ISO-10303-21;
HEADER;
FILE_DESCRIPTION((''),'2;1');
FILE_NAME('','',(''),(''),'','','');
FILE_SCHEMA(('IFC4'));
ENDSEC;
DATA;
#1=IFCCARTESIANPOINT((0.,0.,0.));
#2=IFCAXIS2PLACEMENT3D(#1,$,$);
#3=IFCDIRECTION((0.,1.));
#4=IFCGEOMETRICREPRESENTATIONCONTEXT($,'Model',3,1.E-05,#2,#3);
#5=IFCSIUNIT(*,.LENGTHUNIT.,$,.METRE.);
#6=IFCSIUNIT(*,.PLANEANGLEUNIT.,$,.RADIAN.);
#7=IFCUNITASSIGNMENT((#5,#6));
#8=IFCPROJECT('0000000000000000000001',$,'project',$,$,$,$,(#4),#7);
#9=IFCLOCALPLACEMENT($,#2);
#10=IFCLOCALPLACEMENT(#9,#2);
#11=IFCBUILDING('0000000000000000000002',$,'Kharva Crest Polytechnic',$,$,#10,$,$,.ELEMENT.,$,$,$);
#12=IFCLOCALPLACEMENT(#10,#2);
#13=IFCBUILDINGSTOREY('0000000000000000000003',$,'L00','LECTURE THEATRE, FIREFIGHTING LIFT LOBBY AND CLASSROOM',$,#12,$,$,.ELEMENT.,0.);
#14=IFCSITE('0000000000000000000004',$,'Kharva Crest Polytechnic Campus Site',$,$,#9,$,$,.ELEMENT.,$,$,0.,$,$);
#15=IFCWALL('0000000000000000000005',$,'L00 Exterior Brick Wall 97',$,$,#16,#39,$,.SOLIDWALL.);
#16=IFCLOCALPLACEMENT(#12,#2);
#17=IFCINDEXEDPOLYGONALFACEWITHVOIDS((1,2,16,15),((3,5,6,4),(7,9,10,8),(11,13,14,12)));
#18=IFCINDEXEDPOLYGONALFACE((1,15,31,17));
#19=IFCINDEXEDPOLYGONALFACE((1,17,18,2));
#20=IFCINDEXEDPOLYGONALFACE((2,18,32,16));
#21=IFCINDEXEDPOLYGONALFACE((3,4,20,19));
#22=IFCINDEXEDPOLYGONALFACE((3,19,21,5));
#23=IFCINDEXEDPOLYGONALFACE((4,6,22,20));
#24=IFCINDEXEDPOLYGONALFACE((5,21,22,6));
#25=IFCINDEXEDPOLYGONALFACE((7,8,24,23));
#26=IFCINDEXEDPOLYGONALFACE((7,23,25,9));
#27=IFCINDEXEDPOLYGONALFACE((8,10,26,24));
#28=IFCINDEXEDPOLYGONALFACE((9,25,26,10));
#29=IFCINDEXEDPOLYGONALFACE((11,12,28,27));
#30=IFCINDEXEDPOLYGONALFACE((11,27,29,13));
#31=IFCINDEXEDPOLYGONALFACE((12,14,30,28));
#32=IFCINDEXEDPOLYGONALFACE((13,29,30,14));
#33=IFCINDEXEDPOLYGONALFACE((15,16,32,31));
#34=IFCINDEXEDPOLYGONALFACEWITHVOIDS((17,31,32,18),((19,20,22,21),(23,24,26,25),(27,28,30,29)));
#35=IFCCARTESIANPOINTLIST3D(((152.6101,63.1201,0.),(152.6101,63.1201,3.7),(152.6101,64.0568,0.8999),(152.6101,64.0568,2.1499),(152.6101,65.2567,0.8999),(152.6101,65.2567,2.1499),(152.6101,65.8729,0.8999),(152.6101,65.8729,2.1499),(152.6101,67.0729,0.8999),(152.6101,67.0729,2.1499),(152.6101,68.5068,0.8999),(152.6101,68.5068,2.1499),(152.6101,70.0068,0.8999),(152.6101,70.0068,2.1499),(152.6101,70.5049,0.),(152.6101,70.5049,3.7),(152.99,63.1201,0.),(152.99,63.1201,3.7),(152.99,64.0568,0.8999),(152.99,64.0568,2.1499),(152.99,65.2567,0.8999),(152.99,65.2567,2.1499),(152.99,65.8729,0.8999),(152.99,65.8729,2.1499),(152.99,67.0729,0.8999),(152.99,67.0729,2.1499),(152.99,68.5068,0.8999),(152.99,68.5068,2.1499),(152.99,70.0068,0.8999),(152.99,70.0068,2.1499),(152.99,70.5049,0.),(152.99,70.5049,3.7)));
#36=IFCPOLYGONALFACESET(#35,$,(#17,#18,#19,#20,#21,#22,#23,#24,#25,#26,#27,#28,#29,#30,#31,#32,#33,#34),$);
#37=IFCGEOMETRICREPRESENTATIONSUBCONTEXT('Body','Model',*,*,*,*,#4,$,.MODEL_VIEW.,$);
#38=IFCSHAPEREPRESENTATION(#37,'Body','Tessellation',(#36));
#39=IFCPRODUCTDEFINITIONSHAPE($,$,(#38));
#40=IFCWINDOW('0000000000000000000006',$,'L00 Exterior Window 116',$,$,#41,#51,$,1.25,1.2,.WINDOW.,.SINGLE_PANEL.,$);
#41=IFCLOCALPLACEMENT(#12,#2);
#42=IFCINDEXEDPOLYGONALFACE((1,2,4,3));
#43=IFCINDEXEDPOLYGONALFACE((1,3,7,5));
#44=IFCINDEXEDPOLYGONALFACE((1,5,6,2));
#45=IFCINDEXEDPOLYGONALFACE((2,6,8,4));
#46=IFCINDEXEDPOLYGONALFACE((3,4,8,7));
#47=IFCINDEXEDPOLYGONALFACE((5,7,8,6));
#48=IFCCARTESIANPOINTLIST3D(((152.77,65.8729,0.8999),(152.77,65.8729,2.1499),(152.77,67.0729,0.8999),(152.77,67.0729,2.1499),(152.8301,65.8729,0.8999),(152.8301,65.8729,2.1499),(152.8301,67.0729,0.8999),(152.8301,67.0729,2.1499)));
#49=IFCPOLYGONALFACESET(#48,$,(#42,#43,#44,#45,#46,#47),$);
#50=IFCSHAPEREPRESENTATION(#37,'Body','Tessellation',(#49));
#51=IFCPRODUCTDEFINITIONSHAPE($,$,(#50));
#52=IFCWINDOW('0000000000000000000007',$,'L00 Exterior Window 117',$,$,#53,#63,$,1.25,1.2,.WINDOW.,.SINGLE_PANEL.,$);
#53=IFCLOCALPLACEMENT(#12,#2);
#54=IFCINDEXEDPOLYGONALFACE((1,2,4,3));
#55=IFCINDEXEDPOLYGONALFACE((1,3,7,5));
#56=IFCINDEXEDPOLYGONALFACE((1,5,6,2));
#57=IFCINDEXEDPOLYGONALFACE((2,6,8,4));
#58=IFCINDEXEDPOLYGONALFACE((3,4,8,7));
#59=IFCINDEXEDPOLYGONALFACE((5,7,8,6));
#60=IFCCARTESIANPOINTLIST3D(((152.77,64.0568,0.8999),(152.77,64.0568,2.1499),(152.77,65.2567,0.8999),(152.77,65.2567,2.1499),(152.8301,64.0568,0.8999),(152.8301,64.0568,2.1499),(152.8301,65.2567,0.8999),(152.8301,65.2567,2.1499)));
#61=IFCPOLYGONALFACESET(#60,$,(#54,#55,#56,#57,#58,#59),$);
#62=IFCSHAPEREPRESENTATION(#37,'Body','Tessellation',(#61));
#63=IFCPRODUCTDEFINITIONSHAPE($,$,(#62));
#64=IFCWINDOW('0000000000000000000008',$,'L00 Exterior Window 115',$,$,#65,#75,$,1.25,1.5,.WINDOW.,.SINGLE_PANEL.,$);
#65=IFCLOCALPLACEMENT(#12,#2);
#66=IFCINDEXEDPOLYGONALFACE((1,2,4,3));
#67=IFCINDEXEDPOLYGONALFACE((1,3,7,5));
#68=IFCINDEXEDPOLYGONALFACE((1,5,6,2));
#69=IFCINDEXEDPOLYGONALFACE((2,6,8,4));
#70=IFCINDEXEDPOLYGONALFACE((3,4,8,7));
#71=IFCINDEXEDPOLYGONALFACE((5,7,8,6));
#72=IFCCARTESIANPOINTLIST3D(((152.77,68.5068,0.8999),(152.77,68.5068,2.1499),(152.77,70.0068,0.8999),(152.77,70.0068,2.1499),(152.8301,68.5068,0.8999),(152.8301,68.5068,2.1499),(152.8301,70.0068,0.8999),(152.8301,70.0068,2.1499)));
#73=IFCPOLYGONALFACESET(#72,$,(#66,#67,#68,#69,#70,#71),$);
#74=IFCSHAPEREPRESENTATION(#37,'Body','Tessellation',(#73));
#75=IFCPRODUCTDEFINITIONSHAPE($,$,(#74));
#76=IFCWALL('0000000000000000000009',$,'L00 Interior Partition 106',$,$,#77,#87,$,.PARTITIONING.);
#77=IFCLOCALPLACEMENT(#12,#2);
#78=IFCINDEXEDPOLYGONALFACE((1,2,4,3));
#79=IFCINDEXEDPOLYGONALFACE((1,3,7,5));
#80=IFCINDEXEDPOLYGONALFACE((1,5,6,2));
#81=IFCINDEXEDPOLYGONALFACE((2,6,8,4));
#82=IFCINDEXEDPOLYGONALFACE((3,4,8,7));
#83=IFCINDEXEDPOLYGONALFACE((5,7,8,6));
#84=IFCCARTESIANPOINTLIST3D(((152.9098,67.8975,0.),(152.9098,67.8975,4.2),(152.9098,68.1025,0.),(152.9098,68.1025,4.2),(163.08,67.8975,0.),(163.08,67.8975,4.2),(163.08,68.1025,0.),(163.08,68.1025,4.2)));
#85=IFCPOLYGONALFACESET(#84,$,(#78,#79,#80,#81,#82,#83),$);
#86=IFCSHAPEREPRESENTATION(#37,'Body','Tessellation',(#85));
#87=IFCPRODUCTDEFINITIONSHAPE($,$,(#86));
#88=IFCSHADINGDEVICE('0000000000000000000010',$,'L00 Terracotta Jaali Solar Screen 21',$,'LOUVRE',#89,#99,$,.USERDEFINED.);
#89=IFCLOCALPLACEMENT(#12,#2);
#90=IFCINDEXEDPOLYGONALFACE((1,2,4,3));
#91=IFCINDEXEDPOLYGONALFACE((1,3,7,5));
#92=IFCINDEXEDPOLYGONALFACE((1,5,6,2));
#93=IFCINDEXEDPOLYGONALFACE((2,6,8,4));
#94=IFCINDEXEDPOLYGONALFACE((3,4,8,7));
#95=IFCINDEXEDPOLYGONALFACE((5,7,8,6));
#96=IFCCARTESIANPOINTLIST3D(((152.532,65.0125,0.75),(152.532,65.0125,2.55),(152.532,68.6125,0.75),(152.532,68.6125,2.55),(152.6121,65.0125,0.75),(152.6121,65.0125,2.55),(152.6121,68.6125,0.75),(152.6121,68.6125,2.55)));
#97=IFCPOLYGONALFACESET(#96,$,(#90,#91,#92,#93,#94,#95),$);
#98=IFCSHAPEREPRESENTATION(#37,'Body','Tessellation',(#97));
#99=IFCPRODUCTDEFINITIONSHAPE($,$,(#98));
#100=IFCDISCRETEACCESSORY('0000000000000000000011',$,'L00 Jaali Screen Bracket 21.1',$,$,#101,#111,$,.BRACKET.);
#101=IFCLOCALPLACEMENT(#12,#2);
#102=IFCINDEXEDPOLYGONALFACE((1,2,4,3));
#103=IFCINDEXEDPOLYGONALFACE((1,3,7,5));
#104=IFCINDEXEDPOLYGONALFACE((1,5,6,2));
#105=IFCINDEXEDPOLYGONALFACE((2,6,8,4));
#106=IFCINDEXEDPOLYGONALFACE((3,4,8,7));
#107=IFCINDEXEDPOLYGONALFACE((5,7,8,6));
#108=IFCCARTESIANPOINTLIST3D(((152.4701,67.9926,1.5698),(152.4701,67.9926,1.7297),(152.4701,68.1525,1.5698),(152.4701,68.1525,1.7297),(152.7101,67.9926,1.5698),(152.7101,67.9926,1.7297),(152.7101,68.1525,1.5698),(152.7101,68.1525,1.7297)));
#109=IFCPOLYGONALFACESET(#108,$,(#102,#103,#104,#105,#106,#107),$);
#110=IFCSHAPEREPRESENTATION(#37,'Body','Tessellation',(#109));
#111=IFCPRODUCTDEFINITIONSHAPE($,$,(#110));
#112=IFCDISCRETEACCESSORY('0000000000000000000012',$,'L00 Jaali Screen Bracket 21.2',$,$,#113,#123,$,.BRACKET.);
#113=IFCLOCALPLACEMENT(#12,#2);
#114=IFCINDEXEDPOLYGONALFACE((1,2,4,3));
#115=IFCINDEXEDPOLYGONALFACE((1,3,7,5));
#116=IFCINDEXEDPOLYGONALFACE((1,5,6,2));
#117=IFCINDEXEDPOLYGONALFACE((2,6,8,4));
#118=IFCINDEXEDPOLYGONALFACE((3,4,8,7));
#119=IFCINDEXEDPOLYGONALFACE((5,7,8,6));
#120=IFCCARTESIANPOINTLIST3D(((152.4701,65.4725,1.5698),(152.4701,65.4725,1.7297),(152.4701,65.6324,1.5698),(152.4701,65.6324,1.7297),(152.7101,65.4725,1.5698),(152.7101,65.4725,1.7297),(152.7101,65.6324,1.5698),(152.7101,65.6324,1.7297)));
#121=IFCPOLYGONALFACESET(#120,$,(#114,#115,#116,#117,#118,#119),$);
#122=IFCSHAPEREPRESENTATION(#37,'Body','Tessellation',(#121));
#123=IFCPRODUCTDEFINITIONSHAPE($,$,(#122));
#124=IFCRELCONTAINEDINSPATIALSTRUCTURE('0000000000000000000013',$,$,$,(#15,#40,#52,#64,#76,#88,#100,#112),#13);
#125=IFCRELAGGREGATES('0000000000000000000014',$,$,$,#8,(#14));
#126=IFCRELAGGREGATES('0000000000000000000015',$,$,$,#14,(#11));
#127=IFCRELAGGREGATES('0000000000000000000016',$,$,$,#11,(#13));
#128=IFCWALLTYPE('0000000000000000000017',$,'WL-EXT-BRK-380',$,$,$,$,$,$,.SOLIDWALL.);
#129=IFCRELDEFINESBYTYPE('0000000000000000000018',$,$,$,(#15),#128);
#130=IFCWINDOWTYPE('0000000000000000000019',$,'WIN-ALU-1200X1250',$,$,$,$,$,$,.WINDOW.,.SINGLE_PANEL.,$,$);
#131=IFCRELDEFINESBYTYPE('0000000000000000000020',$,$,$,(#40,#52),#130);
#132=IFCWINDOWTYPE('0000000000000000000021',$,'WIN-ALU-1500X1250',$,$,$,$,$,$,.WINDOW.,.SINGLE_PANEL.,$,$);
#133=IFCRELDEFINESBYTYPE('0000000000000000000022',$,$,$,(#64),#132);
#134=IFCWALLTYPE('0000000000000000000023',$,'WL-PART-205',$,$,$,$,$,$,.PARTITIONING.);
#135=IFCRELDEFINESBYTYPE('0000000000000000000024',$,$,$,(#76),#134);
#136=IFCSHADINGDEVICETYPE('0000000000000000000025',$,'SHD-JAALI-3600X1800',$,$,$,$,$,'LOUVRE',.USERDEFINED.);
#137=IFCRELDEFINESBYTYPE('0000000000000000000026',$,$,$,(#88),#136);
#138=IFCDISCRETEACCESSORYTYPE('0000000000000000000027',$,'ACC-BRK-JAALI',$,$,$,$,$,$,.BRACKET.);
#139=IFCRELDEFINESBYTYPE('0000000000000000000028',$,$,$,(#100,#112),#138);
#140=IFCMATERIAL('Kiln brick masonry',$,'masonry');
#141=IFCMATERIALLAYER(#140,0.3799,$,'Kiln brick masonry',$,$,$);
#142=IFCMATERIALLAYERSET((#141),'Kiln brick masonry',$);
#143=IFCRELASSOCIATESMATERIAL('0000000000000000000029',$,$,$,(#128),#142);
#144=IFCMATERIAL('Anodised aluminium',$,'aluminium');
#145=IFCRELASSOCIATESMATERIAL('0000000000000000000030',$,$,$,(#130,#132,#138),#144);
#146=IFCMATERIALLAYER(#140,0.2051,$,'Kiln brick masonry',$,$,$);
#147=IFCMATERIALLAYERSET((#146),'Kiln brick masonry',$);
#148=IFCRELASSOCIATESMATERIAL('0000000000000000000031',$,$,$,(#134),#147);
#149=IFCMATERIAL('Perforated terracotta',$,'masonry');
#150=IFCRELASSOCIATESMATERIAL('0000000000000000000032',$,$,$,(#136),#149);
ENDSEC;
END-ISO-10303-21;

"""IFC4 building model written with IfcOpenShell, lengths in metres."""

from ifc_helpers import new_model, si_unit, direction, frame, frame_2d, origin, origin_2d, place, context, subcontext, project, spatial, rectangle, extrude, material, layer, layer_set, type_object, element, fill, save


model = new_model("IFC4")

# Units and contexts
model_context = context("Model", 3, precision=1e-05, world=origin(), true_north=direction((0.0, 1.0)))
body_context = subcontext(model_context, "Body", "Model", "MODEL_VIEW")
ifc_project = project(units=[si_unit("LENGTHUNIT", "METRE"), si_unit("PLANEANGLEUNIT", "RADIAN")], contexts=[model_context])

# Site, building, storey
site_placement = place(None, origin())
site = spatial("IfcSite", under=ifc_project, at=site_placement, Name="Kharva Crest Polytechnic Campus Site", CompositionType="ELEMENT", RefElevation=0.0)
building_placement = place(site_placement, origin())
building = spatial("IfcBuilding", under=site, at=building_placement, Name="Kharva Crest Polytechnic", CompositionType="ELEMENT")
storey_placement = place(building_placement, origin())
storey = spatial("IfcBuildingStorey", under=building, at=storey_placement, Name="L00", Description="LECTURE THEATRE, FIREFIGHTING LIFT LOBBY AND CLASSROOM", CompositionType="ELEMENT", Elevation=0.0)

# Wall, openings, windows
ifc_material_1 = material(Name="Kiln brick masonry", Category="masonry")
ifc_layer_1 = layer(ifc_material_1, 0.3799, Name="Kiln brick masonry")
ifc_layer_set_1 = layer_set([ifc_layer_1], Name="Kiln brick masonry")
wall_type_1 = type_object("IfcWallType", Name="WL-EXT-BRK-380", PredefinedType="SOLIDWALL", material=ifc_layer_set_1)
wall_1_placement = place(storey_placement, frame((152.8, 70.5049, 0.0), z_axis=(0.0, 0.0, 1.0), x_axis=(0.0, -1.0, 0.0)))
wall_1 = element("IfcWall", 1, at=wall_1_placement, inside=storey, type_object=wall_type_1, Name="L00 Exterior Brick Wall 97", PredefinedType="SOLIDWALL", context=body_context, shape_type="SweptSolid", body=[
    extrude(rectangle(XDim=7.3848, YDim=0.3799, at=frame_2d((3.6924, 0.0))), origin(), (0.0, 0.0, 1.0), 3.7),
])
opening_1_placement = place(wall_1_placement, frame((0.498, 0.0, 0.8999)))
opening_1 = element("IfcOpeningElement", 2, at=opening_1_placement, cuts=wall_1, PredefinedType="OPENING", context=body_context, shape_type="SweptSolid", body=[
    extrude(rectangle(XDim=1.5, YDim=1.25, at=frame_2d((0.75, 0.625))), frame((0.0, 0.2, 0.0), z_axis=(0.0, -1.0, 0.0), x_axis=(1.0, 0.0, 0.0)), (0.0, 0.0, 1.0), 0.3999),
])
opening_2_placement = place(wall_1_placement, frame((3.4319, 0.0, 0.8999)))
opening_2 = element("IfcOpeningElement", 3, at=opening_2_placement, cuts=wall_1, PredefinedType="OPENING", context=body_context, shape_type="SweptSolid", body=[
    extrude(rectangle(XDim=1.2, YDim=1.25, at=frame_2d((0.6001, 0.625))), frame((0.0, 0.2, 0.0), z_axis=(0.0, -1.0, 0.0), x_axis=(1.0, 0.0, 0.0)), (0.0, 0.0, 1.0), 0.3999),
])
opening_3_placement = place(wall_1_placement, frame((5.248, 0.0, 0.8999)))
opening_3 = element("IfcOpeningElement", 4, at=opening_3_placement, cuts=wall_1, PredefinedType="OPENING", context=body_context, shape_type="SweptSolid", body=[
    extrude(rectangle(XDim=1.2, YDim=1.25, at=frame_2d((0.6001, 0.625))), frame((0.0, 0.2, 0.0), z_axis=(0.0, -1.0, 0.0), x_axis=(1.0, 0.0, 0.0)), (0.0, 0.0, 1.0), 0.3999),
])
ifc_material_2 = material(Name="Anodised aluminium", Category="aluminium")
window_type_1 = type_object("IfcWindowType", Name="WIN-ALU-1200X1250", PartitioningType="SINGLE_PANEL", PredefinedType="WINDOW", material=ifc_material_2)
window_1_placement = place(opening_2_placement, origin())
window_1 = element("IfcWindow", 5, at=window_1_placement, inside=storey, type_object=window_type_1, Name="L00 Exterior Window 116", OverallHeight=1.25, OverallWidth=1.2, PartitioningType="SINGLE_PANEL", PredefinedType="WINDOW", context=body_context, shape_type="SweptSolid", body=[
    extrude(rectangle(XDim=1.2, YDim=1.25, at=frame_2d((0.6001, 0.625))), frame((0.0, 0.03, 0.0), z_axis=(0.0, -1.0, 0.0), x_axis=(1.0, 0.0, 0.0)), (0.0, 0.0, 1.0), 0.0601),
])
fill(opening_2, window_1)
window_2_placement = place(opening_3_placement, origin())
window_2 = element("IfcWindow", 6, at=window_2_placement, inside=storey, type_object=window_type_1, Name="L00 Exterior Window 117", OverallHeight=1.25, OverallWidth=1.2, PartitioningType="SINGLE_PANEL", PredefinedType="WINDOW", context=body_context, shape_type="SweptSolid", body=[
    extrude(rectangle(XDim=1.2, YDim=1.25, at=frame_2d((0.6001, 0.625))), frame((0.0, 0.03, 0.0), z_axis=(0.0, -1.0, 0.0), x_axis=(1.0, 0.0, 0.0)), (0.0, 0.0, 1.0), 0.0601),
])
fill(opening_3, window_2)
window_type_2 = type_object("IfcWindowType", Name="WIN-ALU-1500X1250", PartitioningType="SINGLE_PANEL", PredefinedType="WINDOW", material=ifc_material_2)
window_3_placement = place(opening_1_placement, origin())
window_3 = element("IfcWindow", 7, at=window_3_placement, inside=storey, type_object=window_type_2, Name="L00 Exterior Window 115", OverallHeight=1.25, OverallWidth=1.5, PartitioningType="SINGLE_PANEL", PredefinedType="WINDOW", context=body_context, shape_type="SweptSolid", body=[
    extrude(rectangle(XDim=1.5, YDim=1.25, at=frame_2d((0.75, 0.625))), frame((0.0, 0.03, 0.0), z_axis=(0.0, -1.0, 0.0), x_axis=(1.0, 0.0, 0.0)), (0.0, 0.0, 1.0), 0.0601),
])
fill(opening_1, window_3)

# Wall
ifc_layer_2 = layer(ifc_material_1, 0.2051, Name="Kiln brick masonry")
ifc_layer_set_2 = layer_set([ifc_layer_2], Name="Kiln brick masonry")
wall_type_2 = type_object("IfcWallType", Name="WL-PART-205", PredefinedType="PARTITIONING", material=ifc_layer_set_2)
wall_2_placement = place(storey_placement, frame((152.9099, 68.0, 0.0), z_axis=(0.0, 0.0, 1.0), x_axis=(1.0, 0.0, 0.0)))
element("IfcWall", 8, at=wall_2_placement, inside=storey, type_object=wall_type_2, Name="L00 Interior Partition 106", PredefinedType="PARTITIONING", context=body_context, shape_type="SweptSolid", body=[
    extrude(rectangle(XDim=10.1702, YDim=0.2051, at=frame_2d((5.085, 0.0))), origin(), (0.0, 0.0, 1.0), 4.2),
])

# Shading device
ifc_material_3 = material(Name="Perforated terracotta", Category="masonry")
shading_device_type = type_object("IfcShadingDeviceType", Name="SHD-JAALI-3600X1800", ElementType="LOUVRE", PredefinedType="USERDEFINED", material=ifc_material_3)
shading_device_placement = place(storey_placement, frame((152.572, 66.8125, 0.75), z_axis=(0.0, 0.0, 1.0), x_axis=(0.0, 1.0, 0.0)))
element("IfcShadingDevice", 9, at=shading_device_placement, inside=storey, type_object=shading_device_type, Name="L00 Terracotta Jaali Solar Screen 21", ObjectType="LOUVRE", PredefinedType="USERDEFINED", context=body_context, shape_type="SweptSolid", body=[
    extrude(rectangle(XDim=3.6001, YDim=0.0801, at=origin_2d()), origin(), (0.0, 0.0, 1.0), 1.8),
])

# Discrete accessories
discrete_accessory_type = type_object("IfcDiscreteAccessoryType", Name="ACC-BRK-JAALI", PredefinedType="BRACKET", material=ifc_material_2)
for number, where, z_axis, x_axis, name in (
    (10, (152.5901, 68.0725, 1.5698), (0.0, 0.0, 1.0), (0.0, 1.0, 0.0), "L00 Jaali Screen Bracket 21.1"),
    (11, (152.5901, 65.5525, 1.5698), (0.0, 0.0, 1.0), (0.0, 1.0, 0.0), "L00 Jaali Screen Bracket 21.2"),
):
    element("IfcDiscreteAccessory", number, at=place(storey_placement, frame(where, z_axis=z_axis, x_axis=x_axis)), inside=storey, type_object=discrete_accessory_type, Name=name, PredefinedType="BRACKET", context=body_context, shape_type="SweptSolid", body=[
        extrude(rectangle(XDim=0.1599, YDim=0.24, at=origin_2d()), origin(), (0.0, 0.0, 1.0), 0.1599),
    ])

save(model, "model.ifc")
